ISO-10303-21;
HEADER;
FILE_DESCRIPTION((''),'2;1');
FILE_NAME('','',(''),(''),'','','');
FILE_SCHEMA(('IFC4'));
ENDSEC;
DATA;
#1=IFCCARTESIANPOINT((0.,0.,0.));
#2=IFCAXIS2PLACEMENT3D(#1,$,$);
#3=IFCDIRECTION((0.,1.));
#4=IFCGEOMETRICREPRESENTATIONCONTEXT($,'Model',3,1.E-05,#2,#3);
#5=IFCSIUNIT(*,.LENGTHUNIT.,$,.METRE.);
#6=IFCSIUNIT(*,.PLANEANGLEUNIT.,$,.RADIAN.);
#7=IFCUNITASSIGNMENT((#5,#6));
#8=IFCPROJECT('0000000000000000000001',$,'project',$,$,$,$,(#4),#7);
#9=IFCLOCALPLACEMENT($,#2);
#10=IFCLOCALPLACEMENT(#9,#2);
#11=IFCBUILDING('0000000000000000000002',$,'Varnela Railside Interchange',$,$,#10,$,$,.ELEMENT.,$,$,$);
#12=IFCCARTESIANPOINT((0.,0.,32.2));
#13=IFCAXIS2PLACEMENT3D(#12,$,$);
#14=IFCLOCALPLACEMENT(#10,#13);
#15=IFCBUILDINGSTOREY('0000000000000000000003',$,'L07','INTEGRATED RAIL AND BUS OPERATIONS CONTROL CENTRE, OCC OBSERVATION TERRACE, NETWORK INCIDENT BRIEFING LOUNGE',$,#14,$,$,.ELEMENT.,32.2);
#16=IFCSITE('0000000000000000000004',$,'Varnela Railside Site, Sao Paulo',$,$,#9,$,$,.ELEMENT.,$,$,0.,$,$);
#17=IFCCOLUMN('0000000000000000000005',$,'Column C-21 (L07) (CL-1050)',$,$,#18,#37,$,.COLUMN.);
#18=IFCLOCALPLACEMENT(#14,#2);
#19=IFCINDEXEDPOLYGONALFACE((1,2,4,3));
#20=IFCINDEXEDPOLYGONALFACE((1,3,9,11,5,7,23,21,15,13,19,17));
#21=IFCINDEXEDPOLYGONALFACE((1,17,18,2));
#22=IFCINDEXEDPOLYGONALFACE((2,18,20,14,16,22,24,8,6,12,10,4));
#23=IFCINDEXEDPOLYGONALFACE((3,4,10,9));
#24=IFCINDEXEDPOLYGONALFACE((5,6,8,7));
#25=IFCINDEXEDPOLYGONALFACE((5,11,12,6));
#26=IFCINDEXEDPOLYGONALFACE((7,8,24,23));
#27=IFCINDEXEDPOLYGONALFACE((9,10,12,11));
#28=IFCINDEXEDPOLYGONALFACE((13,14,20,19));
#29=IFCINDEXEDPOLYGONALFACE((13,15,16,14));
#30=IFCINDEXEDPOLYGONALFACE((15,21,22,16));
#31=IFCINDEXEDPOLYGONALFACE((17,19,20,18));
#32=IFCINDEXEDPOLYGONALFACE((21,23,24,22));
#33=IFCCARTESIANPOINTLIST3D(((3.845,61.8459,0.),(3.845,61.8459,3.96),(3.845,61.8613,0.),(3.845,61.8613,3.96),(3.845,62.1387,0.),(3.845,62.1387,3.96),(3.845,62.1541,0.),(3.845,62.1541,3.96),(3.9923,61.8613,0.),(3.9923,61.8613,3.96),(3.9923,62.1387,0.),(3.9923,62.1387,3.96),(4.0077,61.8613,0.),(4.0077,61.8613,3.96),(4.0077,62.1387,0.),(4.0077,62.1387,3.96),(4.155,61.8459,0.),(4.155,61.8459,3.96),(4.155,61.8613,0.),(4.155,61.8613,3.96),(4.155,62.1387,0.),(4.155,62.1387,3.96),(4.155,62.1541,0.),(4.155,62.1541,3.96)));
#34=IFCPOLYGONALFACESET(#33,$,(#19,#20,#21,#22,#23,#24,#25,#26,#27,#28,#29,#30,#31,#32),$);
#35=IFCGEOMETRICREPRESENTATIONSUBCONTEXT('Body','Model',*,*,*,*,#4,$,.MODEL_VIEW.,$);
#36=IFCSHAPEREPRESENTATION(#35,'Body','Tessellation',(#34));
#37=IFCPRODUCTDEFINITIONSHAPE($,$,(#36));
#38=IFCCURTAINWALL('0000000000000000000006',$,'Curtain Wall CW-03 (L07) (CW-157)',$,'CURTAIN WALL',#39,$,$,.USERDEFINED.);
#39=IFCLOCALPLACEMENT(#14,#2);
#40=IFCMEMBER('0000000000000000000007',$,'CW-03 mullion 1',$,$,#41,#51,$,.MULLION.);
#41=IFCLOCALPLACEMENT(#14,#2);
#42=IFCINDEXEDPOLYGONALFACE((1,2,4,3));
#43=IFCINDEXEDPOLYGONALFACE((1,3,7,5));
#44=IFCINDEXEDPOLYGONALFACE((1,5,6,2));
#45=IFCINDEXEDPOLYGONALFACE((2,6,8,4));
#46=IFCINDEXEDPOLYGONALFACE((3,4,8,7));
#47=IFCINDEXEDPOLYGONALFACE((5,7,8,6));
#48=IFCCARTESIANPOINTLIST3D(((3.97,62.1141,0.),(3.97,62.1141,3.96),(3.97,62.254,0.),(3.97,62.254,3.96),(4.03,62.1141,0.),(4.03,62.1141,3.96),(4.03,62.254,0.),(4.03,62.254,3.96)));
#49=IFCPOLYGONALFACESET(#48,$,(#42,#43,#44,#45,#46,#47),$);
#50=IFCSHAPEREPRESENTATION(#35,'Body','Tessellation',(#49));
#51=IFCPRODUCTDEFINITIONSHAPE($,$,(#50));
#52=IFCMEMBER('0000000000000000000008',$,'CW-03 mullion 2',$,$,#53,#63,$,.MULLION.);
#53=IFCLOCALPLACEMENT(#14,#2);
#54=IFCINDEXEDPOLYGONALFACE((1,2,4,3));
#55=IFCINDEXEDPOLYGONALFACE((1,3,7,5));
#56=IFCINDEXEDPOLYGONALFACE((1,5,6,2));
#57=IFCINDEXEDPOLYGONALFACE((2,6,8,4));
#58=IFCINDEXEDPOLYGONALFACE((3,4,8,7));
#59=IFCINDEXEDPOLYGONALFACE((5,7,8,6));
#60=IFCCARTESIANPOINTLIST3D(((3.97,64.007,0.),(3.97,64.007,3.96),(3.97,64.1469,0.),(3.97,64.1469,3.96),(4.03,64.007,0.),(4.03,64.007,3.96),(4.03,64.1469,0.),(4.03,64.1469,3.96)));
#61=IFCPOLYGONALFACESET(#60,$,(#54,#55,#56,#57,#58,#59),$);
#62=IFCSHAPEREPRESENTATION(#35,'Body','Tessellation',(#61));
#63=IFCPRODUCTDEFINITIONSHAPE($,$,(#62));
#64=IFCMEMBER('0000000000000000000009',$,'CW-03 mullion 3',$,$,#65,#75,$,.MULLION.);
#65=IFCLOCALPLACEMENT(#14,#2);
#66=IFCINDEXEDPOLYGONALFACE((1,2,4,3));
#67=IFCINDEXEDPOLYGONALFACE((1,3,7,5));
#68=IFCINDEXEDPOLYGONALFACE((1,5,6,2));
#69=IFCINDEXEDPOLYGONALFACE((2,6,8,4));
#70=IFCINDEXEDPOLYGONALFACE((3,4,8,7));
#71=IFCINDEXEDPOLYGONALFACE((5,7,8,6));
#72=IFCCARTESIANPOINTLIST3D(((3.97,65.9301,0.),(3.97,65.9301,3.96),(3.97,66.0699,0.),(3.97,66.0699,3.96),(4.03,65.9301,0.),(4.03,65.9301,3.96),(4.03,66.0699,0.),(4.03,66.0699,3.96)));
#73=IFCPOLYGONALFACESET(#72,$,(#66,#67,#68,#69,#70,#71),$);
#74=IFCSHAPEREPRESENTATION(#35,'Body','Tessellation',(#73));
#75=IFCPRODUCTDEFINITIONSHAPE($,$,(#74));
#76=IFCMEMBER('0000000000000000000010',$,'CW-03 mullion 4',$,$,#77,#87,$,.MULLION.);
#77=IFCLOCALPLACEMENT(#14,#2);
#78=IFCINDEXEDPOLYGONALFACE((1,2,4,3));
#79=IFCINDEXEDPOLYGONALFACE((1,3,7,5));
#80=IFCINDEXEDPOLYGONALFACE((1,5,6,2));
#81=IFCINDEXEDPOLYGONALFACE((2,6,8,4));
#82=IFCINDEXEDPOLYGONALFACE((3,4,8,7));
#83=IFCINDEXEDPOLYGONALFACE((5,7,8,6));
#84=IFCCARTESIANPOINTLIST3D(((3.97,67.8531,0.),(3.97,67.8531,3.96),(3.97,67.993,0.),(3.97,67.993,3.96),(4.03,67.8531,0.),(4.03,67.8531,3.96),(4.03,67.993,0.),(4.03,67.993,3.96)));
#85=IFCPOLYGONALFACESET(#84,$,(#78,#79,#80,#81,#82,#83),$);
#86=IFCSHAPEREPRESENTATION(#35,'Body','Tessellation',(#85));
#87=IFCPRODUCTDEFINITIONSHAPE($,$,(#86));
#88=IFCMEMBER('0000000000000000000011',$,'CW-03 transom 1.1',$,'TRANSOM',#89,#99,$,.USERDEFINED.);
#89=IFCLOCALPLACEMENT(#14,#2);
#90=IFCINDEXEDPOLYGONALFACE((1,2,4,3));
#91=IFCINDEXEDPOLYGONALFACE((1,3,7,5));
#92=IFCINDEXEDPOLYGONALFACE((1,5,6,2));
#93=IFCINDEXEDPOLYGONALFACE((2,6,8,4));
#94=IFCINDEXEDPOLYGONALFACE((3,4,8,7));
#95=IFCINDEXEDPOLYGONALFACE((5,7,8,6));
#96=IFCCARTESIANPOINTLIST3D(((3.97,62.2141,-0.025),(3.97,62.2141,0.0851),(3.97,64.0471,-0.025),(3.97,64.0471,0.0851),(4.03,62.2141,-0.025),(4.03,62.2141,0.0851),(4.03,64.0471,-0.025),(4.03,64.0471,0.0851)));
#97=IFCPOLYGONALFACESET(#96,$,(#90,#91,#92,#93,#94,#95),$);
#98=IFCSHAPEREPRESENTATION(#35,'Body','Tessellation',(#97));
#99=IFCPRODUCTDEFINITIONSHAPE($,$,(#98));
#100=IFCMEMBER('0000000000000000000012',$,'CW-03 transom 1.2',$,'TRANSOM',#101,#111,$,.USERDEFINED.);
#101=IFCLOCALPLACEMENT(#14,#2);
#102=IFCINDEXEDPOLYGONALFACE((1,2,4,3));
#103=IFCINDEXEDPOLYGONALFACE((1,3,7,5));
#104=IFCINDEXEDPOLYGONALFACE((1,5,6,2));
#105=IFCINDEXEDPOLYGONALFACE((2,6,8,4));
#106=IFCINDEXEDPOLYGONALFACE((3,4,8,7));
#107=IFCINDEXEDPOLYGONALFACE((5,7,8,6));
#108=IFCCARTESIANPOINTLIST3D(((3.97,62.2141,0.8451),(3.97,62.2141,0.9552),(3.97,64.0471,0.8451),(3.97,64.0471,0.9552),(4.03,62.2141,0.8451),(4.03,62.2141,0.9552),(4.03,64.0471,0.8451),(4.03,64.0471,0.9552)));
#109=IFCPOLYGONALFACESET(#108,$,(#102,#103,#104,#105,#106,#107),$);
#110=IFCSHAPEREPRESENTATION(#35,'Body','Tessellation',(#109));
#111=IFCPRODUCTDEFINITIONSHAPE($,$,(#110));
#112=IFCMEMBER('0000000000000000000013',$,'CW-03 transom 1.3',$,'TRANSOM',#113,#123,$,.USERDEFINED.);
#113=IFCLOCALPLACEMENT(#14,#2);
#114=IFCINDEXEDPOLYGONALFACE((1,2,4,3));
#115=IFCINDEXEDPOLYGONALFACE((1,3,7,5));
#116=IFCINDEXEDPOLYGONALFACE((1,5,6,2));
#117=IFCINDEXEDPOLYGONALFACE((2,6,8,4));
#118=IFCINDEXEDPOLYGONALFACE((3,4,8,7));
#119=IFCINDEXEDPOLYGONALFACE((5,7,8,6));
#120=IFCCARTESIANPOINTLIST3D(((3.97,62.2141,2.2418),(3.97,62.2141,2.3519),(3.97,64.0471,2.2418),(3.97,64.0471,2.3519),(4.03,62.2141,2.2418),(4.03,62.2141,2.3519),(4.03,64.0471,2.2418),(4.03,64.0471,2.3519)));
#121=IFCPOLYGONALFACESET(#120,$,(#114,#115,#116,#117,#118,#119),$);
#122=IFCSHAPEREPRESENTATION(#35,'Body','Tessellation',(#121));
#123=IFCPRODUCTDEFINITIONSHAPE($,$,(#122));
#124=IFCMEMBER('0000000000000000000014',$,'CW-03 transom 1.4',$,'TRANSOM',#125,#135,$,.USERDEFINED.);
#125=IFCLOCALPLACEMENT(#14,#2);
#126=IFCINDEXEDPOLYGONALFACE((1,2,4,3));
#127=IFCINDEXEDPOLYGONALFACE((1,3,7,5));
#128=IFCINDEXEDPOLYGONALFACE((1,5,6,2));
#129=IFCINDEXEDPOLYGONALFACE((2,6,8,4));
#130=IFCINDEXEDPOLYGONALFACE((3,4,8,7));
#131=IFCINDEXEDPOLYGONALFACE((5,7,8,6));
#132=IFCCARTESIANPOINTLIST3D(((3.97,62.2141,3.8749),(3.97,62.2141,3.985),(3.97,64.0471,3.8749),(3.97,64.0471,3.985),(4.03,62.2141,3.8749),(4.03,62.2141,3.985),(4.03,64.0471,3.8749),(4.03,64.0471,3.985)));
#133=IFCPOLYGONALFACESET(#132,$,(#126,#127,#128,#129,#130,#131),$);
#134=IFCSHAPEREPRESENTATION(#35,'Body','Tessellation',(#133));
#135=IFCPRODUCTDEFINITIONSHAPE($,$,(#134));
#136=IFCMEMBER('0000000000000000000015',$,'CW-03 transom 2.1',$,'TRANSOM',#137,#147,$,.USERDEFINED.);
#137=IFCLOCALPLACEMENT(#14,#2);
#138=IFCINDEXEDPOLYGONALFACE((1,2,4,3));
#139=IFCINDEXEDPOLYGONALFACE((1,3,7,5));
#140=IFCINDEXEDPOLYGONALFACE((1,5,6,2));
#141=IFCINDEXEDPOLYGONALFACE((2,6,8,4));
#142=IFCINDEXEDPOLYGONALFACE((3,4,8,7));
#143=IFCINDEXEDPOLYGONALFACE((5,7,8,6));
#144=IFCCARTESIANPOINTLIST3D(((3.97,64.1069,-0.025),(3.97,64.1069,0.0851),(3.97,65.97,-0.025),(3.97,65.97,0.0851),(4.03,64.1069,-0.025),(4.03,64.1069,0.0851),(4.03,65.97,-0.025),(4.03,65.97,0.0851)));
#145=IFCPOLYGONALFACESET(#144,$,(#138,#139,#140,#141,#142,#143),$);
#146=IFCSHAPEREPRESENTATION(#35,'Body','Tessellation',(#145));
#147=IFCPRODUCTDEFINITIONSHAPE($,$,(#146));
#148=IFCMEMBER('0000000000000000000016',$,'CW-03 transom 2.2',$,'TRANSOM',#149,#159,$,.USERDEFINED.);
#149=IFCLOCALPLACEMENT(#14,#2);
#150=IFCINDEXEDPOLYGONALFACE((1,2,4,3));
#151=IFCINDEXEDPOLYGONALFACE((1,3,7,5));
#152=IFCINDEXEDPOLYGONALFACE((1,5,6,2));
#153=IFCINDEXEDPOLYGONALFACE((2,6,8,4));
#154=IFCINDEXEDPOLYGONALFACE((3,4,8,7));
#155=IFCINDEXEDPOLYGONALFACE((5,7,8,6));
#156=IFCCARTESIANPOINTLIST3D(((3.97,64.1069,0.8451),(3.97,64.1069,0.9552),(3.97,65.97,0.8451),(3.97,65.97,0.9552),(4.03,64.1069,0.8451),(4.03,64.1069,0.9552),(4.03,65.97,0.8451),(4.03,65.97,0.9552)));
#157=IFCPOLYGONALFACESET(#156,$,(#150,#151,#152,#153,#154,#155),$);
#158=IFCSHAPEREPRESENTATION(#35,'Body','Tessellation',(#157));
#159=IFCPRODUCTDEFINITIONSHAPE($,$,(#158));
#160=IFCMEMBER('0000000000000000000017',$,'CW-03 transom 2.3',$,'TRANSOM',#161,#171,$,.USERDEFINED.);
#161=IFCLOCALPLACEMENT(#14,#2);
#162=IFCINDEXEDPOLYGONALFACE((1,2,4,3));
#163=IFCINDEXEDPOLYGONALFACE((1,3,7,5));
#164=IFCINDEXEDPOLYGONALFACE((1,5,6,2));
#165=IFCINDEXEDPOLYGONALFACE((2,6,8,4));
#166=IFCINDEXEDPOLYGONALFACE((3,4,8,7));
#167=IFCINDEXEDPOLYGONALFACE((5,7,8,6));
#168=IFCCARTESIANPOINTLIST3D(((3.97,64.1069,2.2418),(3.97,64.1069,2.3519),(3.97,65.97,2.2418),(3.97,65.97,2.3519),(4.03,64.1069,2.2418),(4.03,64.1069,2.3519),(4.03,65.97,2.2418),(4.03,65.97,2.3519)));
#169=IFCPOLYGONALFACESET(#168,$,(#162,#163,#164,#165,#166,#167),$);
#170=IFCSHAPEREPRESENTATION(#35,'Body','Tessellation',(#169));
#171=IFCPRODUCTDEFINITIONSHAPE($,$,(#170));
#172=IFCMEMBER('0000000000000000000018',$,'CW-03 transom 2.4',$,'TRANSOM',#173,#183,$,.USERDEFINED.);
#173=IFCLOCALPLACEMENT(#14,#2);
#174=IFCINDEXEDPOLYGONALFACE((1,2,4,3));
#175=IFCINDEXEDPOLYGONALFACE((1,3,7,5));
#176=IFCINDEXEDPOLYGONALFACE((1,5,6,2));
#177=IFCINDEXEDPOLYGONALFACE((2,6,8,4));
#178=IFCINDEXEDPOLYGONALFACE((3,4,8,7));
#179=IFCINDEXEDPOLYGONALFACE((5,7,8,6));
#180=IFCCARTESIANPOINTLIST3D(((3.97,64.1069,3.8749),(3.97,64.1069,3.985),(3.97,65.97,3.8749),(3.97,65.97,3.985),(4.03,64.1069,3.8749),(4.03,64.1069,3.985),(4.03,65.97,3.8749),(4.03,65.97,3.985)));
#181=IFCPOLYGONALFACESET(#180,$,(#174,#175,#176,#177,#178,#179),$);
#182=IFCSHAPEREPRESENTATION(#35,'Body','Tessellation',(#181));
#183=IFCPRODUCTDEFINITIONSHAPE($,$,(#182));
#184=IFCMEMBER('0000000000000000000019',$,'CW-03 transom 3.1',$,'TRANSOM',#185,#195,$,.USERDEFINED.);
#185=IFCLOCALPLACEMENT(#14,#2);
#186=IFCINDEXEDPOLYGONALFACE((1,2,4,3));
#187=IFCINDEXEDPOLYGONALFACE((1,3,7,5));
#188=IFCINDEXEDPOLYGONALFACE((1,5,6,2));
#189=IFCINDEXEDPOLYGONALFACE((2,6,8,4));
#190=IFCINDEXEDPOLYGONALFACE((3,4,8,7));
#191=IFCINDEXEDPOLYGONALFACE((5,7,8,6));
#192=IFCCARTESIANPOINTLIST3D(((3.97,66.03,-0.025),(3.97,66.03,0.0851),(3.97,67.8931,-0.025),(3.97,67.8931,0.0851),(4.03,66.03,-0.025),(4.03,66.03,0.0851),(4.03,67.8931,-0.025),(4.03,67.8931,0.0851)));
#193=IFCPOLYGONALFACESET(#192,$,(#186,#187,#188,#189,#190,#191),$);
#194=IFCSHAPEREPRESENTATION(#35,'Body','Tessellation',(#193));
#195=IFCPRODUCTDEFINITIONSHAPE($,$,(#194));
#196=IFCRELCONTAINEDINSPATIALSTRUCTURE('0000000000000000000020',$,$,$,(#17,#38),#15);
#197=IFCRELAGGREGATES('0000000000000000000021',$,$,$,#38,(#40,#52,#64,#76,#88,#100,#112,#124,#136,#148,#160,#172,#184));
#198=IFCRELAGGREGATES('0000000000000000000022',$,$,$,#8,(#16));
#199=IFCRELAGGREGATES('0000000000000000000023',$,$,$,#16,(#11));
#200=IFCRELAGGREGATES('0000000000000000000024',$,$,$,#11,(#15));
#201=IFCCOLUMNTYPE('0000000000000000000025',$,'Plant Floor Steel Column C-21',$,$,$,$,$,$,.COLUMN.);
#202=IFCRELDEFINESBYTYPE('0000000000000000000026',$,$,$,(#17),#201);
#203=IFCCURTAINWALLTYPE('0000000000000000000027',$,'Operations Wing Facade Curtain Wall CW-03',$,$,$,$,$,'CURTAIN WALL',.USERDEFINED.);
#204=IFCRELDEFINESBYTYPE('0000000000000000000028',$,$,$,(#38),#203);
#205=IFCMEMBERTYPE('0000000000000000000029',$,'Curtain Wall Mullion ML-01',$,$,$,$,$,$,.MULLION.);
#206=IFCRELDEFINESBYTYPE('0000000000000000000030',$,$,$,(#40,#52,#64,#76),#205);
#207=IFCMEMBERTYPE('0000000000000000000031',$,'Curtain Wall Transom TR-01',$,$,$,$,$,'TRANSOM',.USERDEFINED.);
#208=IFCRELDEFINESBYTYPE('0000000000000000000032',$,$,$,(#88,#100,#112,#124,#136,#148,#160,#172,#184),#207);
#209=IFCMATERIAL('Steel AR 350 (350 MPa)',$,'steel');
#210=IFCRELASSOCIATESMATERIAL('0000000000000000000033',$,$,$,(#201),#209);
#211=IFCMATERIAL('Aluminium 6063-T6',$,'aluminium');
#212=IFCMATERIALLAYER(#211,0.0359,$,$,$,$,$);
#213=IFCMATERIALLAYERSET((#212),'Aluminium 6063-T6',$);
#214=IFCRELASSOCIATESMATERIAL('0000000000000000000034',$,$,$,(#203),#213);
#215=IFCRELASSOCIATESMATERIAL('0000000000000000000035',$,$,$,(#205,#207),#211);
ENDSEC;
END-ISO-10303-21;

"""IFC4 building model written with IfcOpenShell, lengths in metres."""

from ifc_helpers import new_model, si_unit, direction, frame, origin, origin_2d, place, context, subcontext, project, spatial, rectangle, i_section, extrude, material, layer, layer_set, material_profile, profile_set, type_object, element, aggregate, save


model = new_model("IFC4")

# Units and contexts
model_context = context("Model", 3, precision=1e-05, world=origin(), true_north=direction((0.0, 1.0)))
body_context = subcontext(model_context, "Body", "Model", "MODEL_VIEW")
ifc_project = project(units=[si_unit("LENGTHUNIT", "METRE"), si_unit("PLANEANGLEUNIT", "RADIAN")], contexts=[model_context])

# Site, building, storey
site_placement = place(None, origin())
site = spatial("IfcSite", under=ifc_project, at=site_placement, Name="Varnela Railside Site, Sao Paulo", CompositionType="ELEMENT", RefElevation=0.0)
building_placement = place(site_placement, origin())
building = spatial("IfcBuilding", under=site, at=building_placement, Name="Varnela Railside Interchange", CompositionType="ELEMENT")
storey_placement = place(building_placement, frame((0.0, 0.0, 32.2)))
storey = spatial("IfcBuildingStorey", under=building, at=storey_placement, Name="L07", Description="INTEGRATED RAIL AND BUS OPERATIONS CONTROL CENTRE, OCC OBSERVATION TERRACE, NETWORK INCIDENT BRIEFING LOUNGE", CompositionType="ELEMENT", Elevation=32.2)

# Column
ifc_material_1 = material(Name="Steel AR 350 (350 MPa)", Category="steel")
ifc_material_profile_1 = material_profile(ifc_material_1, i_section(OverallWidth=0.3101, OverallDepth=0.3081, WebThickness=0.0154, FlangeThickness=0.0154, at=origin_2d()), Name="HP310x110")
ifc_profile_set_1 = profile_set([ifc_material_profile_1], Name="Steel AR 350 (350 MPa)")
column_type = type_object("IfcColumnType", Name="Plant Floor Steel Column C-21", PredefinedType="COLUMN", material=ifc_profile_set_1)
column_placement = place(storey_placement, frame((4.0, 62.0, 0.0), z_axis=(0.0, 0.0, 1.0), x_axis=(1.0, 0.0, 0.0)))
element("IfcColumn", 1, at=column_placement, inside=storey, type_object=column_type, Name="Column C-21 (L07) (CL-1050)", PredefinedType="COLUMN", context=body_context, shape_type="SweptSolid", body=[
    extrude(i_section(OverallWidth=0.3101, OverallDepth=0.3081, WebThickness=0.0154, FlangeThickness=0.0154, at=origin_2d()), origin(), (0.0, 0.0, 1.0), 3.96),
])

# Curtain wall, members
ifc_material_2 = material(Name="Aluminium 6063-T6", Category="aluminium")
ifc_layer_1 = layer(ifc_material_2, 0.0359)
ifc_layer_set_1 = layer_set([ifc_layer_1], Name="Aluminium 6063-T6")
curtain_wall_type = type_object("IfcCurtainWallType", Name="Operations Wing Facade Curtain Wall CW-03", ElementType="CURTAIN WALL", PredefinedType="USERDEFINED", material=ifc_layer_set_1)
curtain_wall_placement = place(storey_placement, origin())
curtain_wall = element("IfcCurtainWall", 2, at=curtain_wall_placement, inside=storey, type_object=curtain_wall_type, Name="Curtain Wall CW-03 (L07) (CW-157)", ObjectType="CURTAIN WALL", PredefinedType="USERDEFINED")
ifc_material_profile_2 = material_profile(ifc_material_2, rectangle(XDim=0.0601, YDim=0.1399, at=origin_2d()), Name="ALU 60x140")
ifc_profile_set_2 = profile_set([ifc_material_profile_2], Name="Aluminium 6063-T6")
member_type_1 = type_object("IfcMemberType", Name="Curtain Wall Mullion ML-01", PredefinedType="MULLION", material=ifc_profile_set_2)
member_1_placement = place(storey_placement, frame((4.0, 62.1841, 0.0), z_axis=(0.0, 0.0, 1.0), x_axis=(-1.0, 0.0, 0.0)))
member_1 = element("IfcMember", 3, at=member_1_placement, type_object=member_type_1, Name="CW-03 mullion 1", PredefinedType="MULLION", context=body_context, shape_type="SweptSolid", body=[
    extrude(rectangle(XDim=0.0601, YDim=0.1399, at=origin_2d()), origin(), (0.0, 0.0, 1.0), 3.96),
])
member_2_placement = place(storey_placement, frame((4.0, 64.0769, 0.0), z_axis=(0.0, 0.0, 1.0), x_axis=(-1.0, 0.0, 0.0)))
member_2 = element("IfcMember", 4, at=member_2_placement, type_object=member_type_1, Name="CW-03 mullion 2", PredefinedType="MULLION", context=body_context, shape_type="SweptSolid", body=[
    extrude(rectangle(XDim=0.0601, YDim=0.1399, at=origin_2d()), origin(), (0.0, 0.0, 1.0), 3.96),
])
member_3_placement = place(storey_placement, frame((4.0, 66.0, 0.0), z_axis=(0.0, 0.0, 1.0), x_axis=(-1.0, 0.0, 0.0)))
member_3 = element("IfcMember", 5, at=member_3_placement, type_object=member_type_1, Name="CW-03 mullion 3", PredefinedType="MULLION", context=body_context, shape_type="SweptSolid", body=[
    extrude(rectangle(XDim=0.0601, YDim=0.1399, at=origin_2d()), origin(), (0.0, 0.0, 1.0), 3.96),
])
member_4_placement = place(storey_placement, frame((4.0, 67.9231, 0.0), z_axis=(0.0, 0.0, 1.0), x_axis=(-1.0, 0.0, 0.0)))
member_4 = element("IfcMember", 6, at=member_4_placement, type_object=member_type_1, Name="CW-03 mullion 4", PredefinedType="MULLION", context=body_context, shape_type="SweptSolid", body=[
    extrude(rectangle(XDim=0.0601, YDim=0.1399, at=origin_2d()), origin(), (0.0, 0.0, 1.0), 3.96),
])
ifc_material_profile_3 = material_profile(ifc_material_2, rectangle(XDim=0.0601, YDim=0.1101, at=origin_2d()), Name="ALU 60x110")
ifc_profile_set_3 = profile_set([ifc_material_profile_3], Name="Aluminium 6063-T6")
member_type_2 = type_object("IfcMemberType", Name="Curtain Wall Transom TR-01", ElementType="TRANSOM", PredefinedType="USERDEFINED", material=ifc_profile_set_3)
member_5_placement = place(storey_placement, frame((4.0, 62.2141, 0.03), z_axis=(0.0, 1.0, 0.0), x_axis=(-1.0, 0.0, 0.0)))
member_5 = element("IfcMember", 7, at=member_5_placement, type_object=member_type_2, Name="CW-03 transom 1.1", ObjectType="TRANSOM", PredefinedType="USERDEFINED", context=body_context, shape_type="SweptSolid", body=[
    extrude(rectangle(XDim=0.0601, YDim=0.1101, at=origin_2d()), origin(), (0.0, 0.0, 1.0), 1.833),
])
member_6_placement = place(storey_placement, frame((4.0, 62.2141, 0.9001), z_axis=(0.0, 1.0, 0.0), x_axis=(-1.0, 0.0, 0.0)))
member_6 = element("IfcMember", 8, at=member_6_placement, type_object=member_type_2, Name="CW-03 transom 1.2", ObjectType="TRANSOM", PredefinedType="USERDEFINED", context=body_context, shape_type="SweptSolid", body=[
    extrude(rectangle(XDim=0.0601, YDim=0.1101, at=origin_2d()), origin(), (0.0, 0.0, 1.0), 1.833),
])
member_7_placement = place(storey_placement, frame((4.0, 62.2141, 2.2969), z_axis=(0.0, 1.0, 0.0), x_axis=(-1.0, 0.0, 0.0)))
member_7 = element("IfcMember", 9, at=member_7_placement, type_object=member_type_2, Name="CW-03 transom 1.3", ObjectType="TRANSOM", PredefinedType="USERDEFINED", context=body_context, shape_type="SweptSolid", body=[
    extrude(rectangle(XDim=0.0601, YDim=0.1101, at=origin_2d()), origin(), (0.0, 0.0, 1.0), 1.833),
])
member_8_placement = place(storey_placement, frame((4.0, 62.2141, 3.9299), z_axis=(0.0, 1.0, 0.0), x_axis=(-1.0, 0.0, 0.0)))
member_8 = element("IfcMember", 10, at=member_8_placement, type_object=member_type_2, Name="CW-03 transom 1.4", ObjectType="TRANSOM", PredefinedType="USERDEFINED", context=body_context, shape_type="SweptSolid", body=[
    extrude(rectangle(XDim=0.0601, YDim=0.1101, at=origin_2d()), origin(), (0.0, 0.0, 1.0), 1.833),
])
member_9_placement = place(storey_placement, frame((4.0, 64.1069, 0.03), z_axis=(0.0, 1.0, 0.0), x_axis=(-1.0, 0.0, 0.0)))
member_9 = element("IfcMember", 11, at=member_9_placement, type_object=member_type_2, Name="CW-03 transom 2.1", ObjectType="TRANSOM", PredefinedType="USERDEFINED", context=body_context, shape_type="SweptSolid", body=[
    extrude(rectangle(XDim=0.0601, YDim=0.1101, at=origin_2d()), origin(), (0.0, 0.0, 1.0), 1.863),
])
member_10_placement = place(storey_placement, frame((4.0, 64.1069, 0.9001), z_axis=(0.0, 1.0, 0.0), x_axis=(-1.0, 0.0, 0.0)))
member_10 = element("IfcMember", 12, at=member_10_placement, type_object=member_type_2, Name="CW-03 transom 2.2", ObjectType="TRANSOM", PredefinedType="USERDEFINED", context=body_context, shape_type="SweptSolid", body=[
    extrude(rectangle(XDim=0.0601, YDim=0.1101, at=origin_2d()), origin(), (0.0, 0.0, 1.0), 1.863),
])
member_11_placement = place(storey_placement, frame((4.0, 64.1069, 2.2969), z_axis=(0.0, 1.0, 0.0), x_axis=(-1.0, 0.0, 0.0)))
member_11 = element("IfcMember", 13, at=member_11_placement, type_object=member_type_2, Name="CW-03 transom 2.3", ObjectType="TRANSOM", PredefinedType="USERDEFINED", context=body_context, shape_type="SweptSolid", body=[
    extrude(rectangle(XDim=0.0601, YDim=0.1101, at=origin_2d()), origin(), (0.0, 0.0, 1.0), 1.863),
])
member_12_placement = place(storey_placement, frame((4.0, 64.1069, 3.9299), z_axis=(0.0, 1.0, 0.0), x_axis=(-1.0, 0.0, 0.0)))
member_12 = element("IfcMember", 14, at=member_12_placement, type_object=member_type_2, Name="CW-03 transom 2.4", ObjectType="TRANSOM", PredefinedType="USERDEFINED", context=body_context, shape_type="SweptSolid", body=[
    extrude(rectangle(XDim=0.0601, YDim=0.1101, at=origin_2d()), origin(), (0.0, 0.0, 1.0), 1.863),
])
member_13_placement = place(storey_placement, frame((4.0, 66.03, 0.03), z_axis=(0.0, 1.0, 0.0), x_axis=(-1.0, 0.0, 0.0)))
member_13 = element("IfcMember", 15, at=member_13_placement, type_object=member_type_2, Name="CW-03 transom 3.1", ObjectType="TRANSOM", PredefinedType="USERDEFINED", context=body_context, shape_type="SweptSolid", body=[
    extrude(rectangle(XDim=0.0601, YDim=0.1101, at=origin_2d()), origin(), (0.0, 0.0, 1.0), 1.863),
])

aggregate(curtain_wall, [member_1, member_2, member_3, member_4, member_5, member_6, member_7, member_8, member_9, member_10, member_11, member_12, member_13])

save(model, "model.ifc")
